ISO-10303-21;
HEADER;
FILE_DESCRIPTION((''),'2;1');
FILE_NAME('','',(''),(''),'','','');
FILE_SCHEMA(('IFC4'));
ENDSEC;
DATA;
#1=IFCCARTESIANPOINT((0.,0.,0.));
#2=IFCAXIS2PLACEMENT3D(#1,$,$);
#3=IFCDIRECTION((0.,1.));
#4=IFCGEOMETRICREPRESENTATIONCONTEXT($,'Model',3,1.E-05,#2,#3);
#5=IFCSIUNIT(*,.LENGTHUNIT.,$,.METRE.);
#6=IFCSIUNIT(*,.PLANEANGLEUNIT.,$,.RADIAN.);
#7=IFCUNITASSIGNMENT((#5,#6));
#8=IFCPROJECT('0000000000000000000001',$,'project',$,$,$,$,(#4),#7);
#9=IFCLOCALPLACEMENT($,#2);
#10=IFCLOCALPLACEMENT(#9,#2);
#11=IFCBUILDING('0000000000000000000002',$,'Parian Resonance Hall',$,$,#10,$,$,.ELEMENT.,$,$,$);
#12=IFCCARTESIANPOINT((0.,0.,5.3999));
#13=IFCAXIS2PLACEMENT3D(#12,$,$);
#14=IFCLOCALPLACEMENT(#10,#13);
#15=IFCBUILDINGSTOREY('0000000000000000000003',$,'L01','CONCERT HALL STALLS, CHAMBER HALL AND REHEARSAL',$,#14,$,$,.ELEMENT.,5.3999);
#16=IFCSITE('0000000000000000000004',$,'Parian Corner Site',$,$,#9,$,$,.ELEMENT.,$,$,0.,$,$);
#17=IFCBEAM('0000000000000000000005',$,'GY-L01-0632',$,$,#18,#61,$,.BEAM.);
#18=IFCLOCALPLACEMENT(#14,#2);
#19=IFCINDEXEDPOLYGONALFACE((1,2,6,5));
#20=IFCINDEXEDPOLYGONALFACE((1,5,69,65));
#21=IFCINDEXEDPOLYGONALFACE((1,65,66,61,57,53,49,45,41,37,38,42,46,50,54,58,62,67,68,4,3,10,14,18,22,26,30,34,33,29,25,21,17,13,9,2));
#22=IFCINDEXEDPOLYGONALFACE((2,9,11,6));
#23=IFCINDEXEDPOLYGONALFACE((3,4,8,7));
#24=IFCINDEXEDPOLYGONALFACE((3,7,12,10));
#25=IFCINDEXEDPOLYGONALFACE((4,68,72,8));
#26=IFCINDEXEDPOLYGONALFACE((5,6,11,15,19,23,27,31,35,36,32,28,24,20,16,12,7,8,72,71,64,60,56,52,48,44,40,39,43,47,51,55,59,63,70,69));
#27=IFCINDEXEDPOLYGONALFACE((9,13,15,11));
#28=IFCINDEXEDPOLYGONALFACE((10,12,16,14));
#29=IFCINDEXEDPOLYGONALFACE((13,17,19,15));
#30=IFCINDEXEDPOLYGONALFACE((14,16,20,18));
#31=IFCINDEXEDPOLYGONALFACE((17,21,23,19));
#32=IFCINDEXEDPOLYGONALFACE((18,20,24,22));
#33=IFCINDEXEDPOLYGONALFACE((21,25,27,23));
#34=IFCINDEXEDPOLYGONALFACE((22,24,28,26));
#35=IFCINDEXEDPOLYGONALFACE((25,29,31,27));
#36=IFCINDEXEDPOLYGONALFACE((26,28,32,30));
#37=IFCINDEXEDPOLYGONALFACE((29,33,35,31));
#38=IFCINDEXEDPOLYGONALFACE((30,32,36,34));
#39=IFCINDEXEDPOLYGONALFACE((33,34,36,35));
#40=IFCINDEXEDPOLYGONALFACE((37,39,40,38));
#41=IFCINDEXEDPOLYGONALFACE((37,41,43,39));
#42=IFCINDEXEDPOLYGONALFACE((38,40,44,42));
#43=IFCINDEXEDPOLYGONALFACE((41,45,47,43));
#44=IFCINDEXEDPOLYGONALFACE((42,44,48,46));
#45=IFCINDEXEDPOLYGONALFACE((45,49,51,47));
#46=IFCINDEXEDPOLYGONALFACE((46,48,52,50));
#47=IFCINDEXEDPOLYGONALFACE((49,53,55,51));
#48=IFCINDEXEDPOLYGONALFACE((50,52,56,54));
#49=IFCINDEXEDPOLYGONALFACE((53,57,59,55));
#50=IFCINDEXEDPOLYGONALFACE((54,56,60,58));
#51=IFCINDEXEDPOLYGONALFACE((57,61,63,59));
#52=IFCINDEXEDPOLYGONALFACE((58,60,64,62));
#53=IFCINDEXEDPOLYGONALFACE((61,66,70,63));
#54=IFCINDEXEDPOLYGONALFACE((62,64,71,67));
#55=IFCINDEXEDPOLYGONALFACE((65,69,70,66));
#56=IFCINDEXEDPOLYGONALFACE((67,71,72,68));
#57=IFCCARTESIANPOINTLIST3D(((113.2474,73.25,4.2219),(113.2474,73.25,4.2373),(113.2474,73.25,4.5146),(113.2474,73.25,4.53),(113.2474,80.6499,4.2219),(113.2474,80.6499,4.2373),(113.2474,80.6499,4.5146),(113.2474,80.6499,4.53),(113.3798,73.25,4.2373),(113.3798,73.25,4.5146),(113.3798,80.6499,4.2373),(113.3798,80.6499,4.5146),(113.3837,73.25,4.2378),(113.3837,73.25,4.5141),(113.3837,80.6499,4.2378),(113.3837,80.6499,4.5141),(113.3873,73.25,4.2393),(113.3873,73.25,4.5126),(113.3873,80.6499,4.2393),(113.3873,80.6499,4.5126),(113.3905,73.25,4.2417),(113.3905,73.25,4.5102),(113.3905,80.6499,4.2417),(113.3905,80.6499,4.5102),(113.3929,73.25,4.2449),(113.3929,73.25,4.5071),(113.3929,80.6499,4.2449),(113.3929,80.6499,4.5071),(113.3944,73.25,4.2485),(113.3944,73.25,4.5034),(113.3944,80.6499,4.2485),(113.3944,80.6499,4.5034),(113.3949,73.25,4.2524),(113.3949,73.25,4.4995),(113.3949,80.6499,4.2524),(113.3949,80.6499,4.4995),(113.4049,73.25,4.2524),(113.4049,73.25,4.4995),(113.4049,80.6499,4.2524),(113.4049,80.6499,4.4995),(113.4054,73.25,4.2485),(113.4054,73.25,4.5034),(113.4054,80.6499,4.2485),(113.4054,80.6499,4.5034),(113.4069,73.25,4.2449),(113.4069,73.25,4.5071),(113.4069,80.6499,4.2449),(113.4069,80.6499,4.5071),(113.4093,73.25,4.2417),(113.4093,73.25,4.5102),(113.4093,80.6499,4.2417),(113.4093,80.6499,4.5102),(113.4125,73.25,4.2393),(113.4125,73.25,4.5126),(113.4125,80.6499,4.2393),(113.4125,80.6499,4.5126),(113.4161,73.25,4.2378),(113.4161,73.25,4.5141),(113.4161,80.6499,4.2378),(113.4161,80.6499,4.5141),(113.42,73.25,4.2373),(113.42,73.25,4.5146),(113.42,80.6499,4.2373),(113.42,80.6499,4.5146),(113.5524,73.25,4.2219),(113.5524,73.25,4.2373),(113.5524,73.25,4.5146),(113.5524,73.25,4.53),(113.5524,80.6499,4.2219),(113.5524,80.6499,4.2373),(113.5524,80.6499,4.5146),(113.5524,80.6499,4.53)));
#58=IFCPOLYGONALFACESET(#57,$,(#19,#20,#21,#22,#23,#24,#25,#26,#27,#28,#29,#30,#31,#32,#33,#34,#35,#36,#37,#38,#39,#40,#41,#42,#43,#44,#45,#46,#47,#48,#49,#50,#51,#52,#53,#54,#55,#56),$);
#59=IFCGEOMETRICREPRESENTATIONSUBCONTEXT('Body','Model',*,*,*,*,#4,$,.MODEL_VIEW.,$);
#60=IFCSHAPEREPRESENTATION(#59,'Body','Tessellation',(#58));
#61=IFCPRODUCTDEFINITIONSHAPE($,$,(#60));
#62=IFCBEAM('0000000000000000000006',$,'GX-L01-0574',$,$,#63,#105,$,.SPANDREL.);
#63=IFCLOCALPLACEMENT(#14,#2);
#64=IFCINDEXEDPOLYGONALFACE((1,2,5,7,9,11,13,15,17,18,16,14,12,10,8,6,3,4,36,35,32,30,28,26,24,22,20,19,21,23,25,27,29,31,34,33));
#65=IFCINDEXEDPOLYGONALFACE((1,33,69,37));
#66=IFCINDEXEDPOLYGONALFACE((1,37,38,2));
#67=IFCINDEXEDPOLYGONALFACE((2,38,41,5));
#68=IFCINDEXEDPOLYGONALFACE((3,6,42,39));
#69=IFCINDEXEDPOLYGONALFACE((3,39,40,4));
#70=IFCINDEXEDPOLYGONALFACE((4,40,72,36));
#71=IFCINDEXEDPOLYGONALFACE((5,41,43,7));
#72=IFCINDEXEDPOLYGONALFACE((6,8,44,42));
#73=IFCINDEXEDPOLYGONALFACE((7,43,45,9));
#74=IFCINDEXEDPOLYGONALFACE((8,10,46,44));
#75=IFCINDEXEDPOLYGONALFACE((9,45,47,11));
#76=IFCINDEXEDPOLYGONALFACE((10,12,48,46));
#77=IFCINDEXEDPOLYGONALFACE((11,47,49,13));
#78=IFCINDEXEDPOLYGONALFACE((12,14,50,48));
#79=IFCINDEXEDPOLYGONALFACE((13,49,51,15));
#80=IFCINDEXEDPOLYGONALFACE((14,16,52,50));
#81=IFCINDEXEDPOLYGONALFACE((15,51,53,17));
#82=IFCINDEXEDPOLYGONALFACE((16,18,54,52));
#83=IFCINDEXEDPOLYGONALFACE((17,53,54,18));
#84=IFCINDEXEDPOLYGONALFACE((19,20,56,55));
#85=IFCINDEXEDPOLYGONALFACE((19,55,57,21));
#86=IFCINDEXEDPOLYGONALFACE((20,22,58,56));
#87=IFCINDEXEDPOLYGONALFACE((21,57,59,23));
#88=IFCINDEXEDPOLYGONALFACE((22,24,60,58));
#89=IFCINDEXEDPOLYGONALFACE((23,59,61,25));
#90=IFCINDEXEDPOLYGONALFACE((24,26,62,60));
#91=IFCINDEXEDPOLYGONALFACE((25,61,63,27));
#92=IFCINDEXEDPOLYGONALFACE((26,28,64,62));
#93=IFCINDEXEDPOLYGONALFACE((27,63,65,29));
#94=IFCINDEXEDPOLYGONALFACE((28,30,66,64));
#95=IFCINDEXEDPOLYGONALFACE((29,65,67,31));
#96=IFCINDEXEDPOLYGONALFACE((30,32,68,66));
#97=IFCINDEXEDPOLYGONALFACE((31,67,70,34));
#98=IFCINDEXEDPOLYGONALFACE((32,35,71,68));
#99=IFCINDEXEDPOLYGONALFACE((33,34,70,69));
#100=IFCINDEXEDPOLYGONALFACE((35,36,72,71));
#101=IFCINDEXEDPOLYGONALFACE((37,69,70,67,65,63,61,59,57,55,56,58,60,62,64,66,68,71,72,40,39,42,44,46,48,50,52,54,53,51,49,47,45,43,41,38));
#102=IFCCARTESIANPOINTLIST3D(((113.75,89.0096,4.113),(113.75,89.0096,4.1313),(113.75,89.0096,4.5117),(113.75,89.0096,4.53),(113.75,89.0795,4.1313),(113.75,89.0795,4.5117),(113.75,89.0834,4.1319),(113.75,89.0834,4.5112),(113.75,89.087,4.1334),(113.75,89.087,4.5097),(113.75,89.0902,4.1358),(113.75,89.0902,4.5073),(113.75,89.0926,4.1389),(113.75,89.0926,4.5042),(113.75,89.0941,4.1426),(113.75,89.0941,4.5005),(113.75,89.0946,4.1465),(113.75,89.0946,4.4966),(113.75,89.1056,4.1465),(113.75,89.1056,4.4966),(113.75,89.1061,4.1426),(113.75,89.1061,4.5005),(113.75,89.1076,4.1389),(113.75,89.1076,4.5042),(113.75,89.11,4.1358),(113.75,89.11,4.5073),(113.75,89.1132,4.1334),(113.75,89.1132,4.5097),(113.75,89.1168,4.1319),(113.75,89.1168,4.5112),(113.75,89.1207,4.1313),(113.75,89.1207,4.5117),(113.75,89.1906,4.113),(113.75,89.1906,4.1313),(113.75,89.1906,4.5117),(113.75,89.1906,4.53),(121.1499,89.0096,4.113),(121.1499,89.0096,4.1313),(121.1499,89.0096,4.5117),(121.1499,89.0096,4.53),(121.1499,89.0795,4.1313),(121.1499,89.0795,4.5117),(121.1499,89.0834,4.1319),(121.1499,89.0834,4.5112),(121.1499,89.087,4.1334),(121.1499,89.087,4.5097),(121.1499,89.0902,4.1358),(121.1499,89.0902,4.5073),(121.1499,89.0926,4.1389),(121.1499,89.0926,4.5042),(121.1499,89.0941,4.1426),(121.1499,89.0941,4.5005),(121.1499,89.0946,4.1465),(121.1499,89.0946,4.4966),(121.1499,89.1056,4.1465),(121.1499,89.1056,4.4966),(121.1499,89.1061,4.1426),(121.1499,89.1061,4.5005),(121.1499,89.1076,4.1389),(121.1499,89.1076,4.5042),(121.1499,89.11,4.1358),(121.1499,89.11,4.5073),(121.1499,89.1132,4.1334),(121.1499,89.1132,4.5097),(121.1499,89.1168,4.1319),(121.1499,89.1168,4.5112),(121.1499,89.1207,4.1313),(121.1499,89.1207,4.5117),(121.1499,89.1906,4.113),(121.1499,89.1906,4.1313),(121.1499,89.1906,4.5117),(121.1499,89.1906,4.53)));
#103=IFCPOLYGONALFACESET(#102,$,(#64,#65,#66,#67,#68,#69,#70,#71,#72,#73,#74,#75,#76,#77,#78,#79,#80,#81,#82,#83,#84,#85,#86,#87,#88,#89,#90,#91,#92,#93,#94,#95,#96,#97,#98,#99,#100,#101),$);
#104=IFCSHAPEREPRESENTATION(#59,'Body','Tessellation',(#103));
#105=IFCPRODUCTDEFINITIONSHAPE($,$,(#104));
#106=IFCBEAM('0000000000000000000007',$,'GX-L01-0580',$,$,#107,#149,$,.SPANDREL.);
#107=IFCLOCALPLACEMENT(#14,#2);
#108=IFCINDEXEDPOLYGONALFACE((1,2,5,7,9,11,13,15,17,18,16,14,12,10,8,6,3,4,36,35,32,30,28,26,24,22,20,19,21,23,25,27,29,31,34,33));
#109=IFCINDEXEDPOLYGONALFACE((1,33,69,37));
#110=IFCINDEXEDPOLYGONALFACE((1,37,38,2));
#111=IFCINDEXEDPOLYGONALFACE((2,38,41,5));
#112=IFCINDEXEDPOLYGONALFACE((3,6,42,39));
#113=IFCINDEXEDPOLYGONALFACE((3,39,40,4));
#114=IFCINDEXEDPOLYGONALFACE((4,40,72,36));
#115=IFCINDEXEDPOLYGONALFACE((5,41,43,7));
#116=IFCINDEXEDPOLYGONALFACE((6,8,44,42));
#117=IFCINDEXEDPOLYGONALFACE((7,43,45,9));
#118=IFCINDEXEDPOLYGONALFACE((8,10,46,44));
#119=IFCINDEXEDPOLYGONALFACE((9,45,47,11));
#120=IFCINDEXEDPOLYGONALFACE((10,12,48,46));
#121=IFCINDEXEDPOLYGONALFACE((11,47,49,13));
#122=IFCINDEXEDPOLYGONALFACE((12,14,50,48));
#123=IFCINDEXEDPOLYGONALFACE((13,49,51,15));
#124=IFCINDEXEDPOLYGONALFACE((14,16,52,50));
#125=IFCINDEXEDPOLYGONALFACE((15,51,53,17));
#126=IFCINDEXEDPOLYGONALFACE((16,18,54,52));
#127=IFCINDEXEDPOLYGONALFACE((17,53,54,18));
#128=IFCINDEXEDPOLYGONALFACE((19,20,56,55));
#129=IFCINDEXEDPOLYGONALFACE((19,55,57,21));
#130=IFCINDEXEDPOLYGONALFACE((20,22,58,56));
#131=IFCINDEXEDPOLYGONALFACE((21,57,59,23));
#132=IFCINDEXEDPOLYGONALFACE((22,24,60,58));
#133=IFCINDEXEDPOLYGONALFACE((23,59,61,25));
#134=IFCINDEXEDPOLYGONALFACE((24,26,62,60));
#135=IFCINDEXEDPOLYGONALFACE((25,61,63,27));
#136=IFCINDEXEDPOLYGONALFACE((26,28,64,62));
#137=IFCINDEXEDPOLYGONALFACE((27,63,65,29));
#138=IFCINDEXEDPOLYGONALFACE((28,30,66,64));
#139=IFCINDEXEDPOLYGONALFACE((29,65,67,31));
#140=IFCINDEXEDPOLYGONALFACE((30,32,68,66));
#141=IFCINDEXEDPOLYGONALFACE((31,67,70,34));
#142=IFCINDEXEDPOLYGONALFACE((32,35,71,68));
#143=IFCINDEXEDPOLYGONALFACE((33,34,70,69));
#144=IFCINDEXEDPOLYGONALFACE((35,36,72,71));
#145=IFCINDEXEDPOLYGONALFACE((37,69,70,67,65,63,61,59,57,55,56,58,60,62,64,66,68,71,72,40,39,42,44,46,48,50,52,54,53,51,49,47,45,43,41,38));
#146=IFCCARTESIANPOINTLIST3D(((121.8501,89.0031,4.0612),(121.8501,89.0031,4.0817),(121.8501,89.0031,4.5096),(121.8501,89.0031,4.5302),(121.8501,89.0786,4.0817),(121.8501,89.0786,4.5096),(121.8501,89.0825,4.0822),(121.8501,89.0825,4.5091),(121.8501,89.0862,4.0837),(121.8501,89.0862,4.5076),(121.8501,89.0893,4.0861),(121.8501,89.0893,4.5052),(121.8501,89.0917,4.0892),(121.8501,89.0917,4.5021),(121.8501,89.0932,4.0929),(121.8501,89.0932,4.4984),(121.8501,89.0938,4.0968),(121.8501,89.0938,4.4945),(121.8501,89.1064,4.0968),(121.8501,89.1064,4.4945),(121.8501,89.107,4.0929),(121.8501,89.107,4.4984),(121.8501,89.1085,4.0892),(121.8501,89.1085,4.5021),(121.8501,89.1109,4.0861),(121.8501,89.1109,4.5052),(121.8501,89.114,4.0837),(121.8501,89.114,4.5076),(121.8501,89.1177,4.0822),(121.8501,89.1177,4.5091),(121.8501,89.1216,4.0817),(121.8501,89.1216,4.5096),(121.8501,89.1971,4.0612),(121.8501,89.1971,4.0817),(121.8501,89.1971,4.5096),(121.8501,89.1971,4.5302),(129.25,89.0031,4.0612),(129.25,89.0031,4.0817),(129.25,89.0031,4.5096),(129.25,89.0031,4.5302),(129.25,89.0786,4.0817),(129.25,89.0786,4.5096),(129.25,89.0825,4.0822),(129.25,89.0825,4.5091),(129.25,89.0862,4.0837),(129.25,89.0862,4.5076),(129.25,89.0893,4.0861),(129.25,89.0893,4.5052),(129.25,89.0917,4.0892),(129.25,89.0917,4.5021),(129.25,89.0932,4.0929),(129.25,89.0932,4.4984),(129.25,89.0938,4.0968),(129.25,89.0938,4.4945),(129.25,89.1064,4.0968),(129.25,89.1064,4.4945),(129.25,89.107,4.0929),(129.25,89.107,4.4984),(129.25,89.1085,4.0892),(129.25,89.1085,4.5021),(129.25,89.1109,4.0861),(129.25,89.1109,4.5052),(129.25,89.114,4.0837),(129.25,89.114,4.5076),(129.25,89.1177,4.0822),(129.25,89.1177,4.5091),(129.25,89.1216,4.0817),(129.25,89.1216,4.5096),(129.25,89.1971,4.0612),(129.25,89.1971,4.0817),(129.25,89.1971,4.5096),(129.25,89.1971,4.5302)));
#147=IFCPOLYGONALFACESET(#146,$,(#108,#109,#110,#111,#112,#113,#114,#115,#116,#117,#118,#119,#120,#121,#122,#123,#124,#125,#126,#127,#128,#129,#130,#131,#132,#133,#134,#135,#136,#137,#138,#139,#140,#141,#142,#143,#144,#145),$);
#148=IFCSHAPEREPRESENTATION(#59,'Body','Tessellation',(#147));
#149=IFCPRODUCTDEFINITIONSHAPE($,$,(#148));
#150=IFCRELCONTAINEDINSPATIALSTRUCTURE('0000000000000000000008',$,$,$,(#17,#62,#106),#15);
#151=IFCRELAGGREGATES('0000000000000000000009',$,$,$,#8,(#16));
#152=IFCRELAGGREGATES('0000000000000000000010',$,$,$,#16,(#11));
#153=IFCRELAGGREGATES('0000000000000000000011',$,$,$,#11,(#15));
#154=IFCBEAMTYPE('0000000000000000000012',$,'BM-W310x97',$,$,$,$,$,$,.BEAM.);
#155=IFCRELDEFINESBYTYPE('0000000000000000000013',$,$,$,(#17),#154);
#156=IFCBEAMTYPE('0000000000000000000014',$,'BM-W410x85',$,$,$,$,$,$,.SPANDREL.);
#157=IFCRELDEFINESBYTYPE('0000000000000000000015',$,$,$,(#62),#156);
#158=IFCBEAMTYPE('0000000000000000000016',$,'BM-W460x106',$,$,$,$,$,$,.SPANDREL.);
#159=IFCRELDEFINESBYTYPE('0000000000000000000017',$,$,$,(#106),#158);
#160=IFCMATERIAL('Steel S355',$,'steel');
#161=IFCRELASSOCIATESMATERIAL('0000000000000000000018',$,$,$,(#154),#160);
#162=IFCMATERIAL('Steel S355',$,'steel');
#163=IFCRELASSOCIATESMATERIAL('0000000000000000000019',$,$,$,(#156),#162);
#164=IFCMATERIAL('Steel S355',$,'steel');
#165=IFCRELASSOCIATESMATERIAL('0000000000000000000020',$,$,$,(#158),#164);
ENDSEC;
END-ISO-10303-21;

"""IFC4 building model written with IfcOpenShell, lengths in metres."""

from ifc_helpers import new_model, si_unit, direction, frame, origin, origin_2d, place, context, subcontext, project, spatial, i_section, extrude, material, material_profile, profile_set, type_object, element, save


model = new_model("IFC4")

# Units and contexts
model_context = context("Model", 3, precision=1e-05, world=origin(), true_north=direction((0.0, 1.0)))
body_context = subcontext(model_context, "Body", "Model", "MODEL_VIEW")
ifc_project = project(units=[si_unit("LENGTHUNIT", "METRE"), si_unit("PLANEANGLEUNIT", "RADIAN")], contexts=[model_context])

# Site, building, storey
site_placement = place(None, origin())
site = spatial("IfcSite", under=ifc_project, at=site_placement, Name="Parian Corner Site", CompositionType="ELEMENT", RefElevation=0.0)
building_placement = place(site_placement, origin())
building = spatial("IfcBuilding", under=site, at=building_placement, Name="Parian Resonance Hall", CompositionType="ELEMENT")
storey_placement = place(building_placement, frame((0.0, 0.0, 5.3999)))
storey = spatial("IfcBuildingStorey", under=building, at=storey_placement, Name="L01", Description="CONCERT HALL STALLS, CHAMBER HALL AND REHEARSAL", CompositionType="ELEMENT", Elevation=5.3999)

# Beams
ifc_material_1 = material(Name="Steel S355", Category="steel")
ifc_material_profile_1 = material_profile(ifc_material_1, i_section(OverallWidth=0.3049, OverallDepth=0.3081, WebThickness=0.01, FlangeThickness=0.0154, FilletRadius=0.0151, at=origin_2d()), Name="W310x97")
ifc_profile_set_1 = profile_set([ifc_material_profile_1], Name="Steel S355")
beam_type_1 = type_object("IfcBeamType", Name="BM-W310x97", PredefinedType="BEAM", material=ifc_profile_set_1)
beam_1_placement = place(storey_placement, frame((113.3999, 73.25, 4.376), z_axis=(0.0, 1.0, 0.0), x_axis=(-1.0, 0.0, 0.0)))
element("IfcBeam", 1, at=beam_1_placement, inside=storey, type_object=beam_type_1, Name="GY-L01-0632", PredefinedType="BEAM", context=body_context, shape_type="SweptSolid", body=[
    extrude(i_section(OverallWidth=0.3049, OverallDepth=0.3081, WebThickness=0.01, FlangeThickness=0.0154, FilletRadius=0.0151, at=origin_2d()), origin(), (0.0, 0.0, 1.0), 7.3999),
])
ifc_material_2 = material(Name="Steel S355", Category="steel")
ifc_material_profile_2 = material_profile(ifc_material_2, i_section(OverallWidth=0.1809, OverallDepth=0.417, WebThickness=0.011, FlangeThickness=0.0183, FilletRadius=0.0151, at=origin_2d()), Name="W410x85")
ifc_profile_set_2 = profile_set([ifc_material_profile_2], Name="Steel S355")
beam_type_2 = type_object("IfcBeamType", Name="BM-W410x85", PredefinedType="SPANDREL", material=ifc_profile_set_2)
beam_2_placement = place(storey_placement, frame((113.75, 89.1001, 4.3215), z_axis=(1.0, 0.0, 0.0), x_axis=(0.0, 1.0, 0.0)))
element("IfcBeam", 2, at=beam_2_placement, inside=storey, type_object=beam_type_2, Name="GX-L01-0574", PredefinedType="SPANDREL", context=body_context, shape_type="SweptSolid", body=[
    extrude(i_section(OverallWidth=0.1809, OverallDepth=0.417, WebThickness=0.011, FlangeThickness=0.0183, FilletRadius=0.0151, at=origin_2d()), origin(), (0.0, 0.0, 1.0), 7.3999),
])
ifc_material_3 = material(Name="Steel S355", Category="steel")
ifc_material_profile_3 = material_profile(ifc_material_3, i_section(OverallWidth=0.1941, OverallDepth=0.469, WebThickness=0.0127, FlangeThickness=0.0205, FilletRadius=0.0151, at=origin_2d()), Name="W460x106")
ifc_profile_set_3 = profile_set([ifc_material_profile_3], Name="Steel S355")
beam_type_3 = type_object("IfcBeamType", Name="BM-W460x106", PredefinedType="SPANDREL", material=ifc_profile_set_3)
beam_3_placement = place(storey_placement, frame((121.8501, 89.1001, 4.2957), z_axis=(1.0, 0.0, 0.0), x_axis=(0.0, 1.0, 0.0)))
element("IfcBeam", 3, at=beam_3_placement, inside=storey, type_object=beam_type_3, Name="GX-L01-0580", PredefinedType="SPANDREL", context=body_context, shape_type="SweptSolid", body=[
    extrude(i_section(OverallWidth=0.1941, OverallDepth=0.469, WebThickness=0.0127, FlangeThickness=0.0205, FilletRadius=0.0151, at=origin_2d()), origin(), (0.0, 0.0, 1.0), 7.3999),
])

save(model, "model.ifc")
